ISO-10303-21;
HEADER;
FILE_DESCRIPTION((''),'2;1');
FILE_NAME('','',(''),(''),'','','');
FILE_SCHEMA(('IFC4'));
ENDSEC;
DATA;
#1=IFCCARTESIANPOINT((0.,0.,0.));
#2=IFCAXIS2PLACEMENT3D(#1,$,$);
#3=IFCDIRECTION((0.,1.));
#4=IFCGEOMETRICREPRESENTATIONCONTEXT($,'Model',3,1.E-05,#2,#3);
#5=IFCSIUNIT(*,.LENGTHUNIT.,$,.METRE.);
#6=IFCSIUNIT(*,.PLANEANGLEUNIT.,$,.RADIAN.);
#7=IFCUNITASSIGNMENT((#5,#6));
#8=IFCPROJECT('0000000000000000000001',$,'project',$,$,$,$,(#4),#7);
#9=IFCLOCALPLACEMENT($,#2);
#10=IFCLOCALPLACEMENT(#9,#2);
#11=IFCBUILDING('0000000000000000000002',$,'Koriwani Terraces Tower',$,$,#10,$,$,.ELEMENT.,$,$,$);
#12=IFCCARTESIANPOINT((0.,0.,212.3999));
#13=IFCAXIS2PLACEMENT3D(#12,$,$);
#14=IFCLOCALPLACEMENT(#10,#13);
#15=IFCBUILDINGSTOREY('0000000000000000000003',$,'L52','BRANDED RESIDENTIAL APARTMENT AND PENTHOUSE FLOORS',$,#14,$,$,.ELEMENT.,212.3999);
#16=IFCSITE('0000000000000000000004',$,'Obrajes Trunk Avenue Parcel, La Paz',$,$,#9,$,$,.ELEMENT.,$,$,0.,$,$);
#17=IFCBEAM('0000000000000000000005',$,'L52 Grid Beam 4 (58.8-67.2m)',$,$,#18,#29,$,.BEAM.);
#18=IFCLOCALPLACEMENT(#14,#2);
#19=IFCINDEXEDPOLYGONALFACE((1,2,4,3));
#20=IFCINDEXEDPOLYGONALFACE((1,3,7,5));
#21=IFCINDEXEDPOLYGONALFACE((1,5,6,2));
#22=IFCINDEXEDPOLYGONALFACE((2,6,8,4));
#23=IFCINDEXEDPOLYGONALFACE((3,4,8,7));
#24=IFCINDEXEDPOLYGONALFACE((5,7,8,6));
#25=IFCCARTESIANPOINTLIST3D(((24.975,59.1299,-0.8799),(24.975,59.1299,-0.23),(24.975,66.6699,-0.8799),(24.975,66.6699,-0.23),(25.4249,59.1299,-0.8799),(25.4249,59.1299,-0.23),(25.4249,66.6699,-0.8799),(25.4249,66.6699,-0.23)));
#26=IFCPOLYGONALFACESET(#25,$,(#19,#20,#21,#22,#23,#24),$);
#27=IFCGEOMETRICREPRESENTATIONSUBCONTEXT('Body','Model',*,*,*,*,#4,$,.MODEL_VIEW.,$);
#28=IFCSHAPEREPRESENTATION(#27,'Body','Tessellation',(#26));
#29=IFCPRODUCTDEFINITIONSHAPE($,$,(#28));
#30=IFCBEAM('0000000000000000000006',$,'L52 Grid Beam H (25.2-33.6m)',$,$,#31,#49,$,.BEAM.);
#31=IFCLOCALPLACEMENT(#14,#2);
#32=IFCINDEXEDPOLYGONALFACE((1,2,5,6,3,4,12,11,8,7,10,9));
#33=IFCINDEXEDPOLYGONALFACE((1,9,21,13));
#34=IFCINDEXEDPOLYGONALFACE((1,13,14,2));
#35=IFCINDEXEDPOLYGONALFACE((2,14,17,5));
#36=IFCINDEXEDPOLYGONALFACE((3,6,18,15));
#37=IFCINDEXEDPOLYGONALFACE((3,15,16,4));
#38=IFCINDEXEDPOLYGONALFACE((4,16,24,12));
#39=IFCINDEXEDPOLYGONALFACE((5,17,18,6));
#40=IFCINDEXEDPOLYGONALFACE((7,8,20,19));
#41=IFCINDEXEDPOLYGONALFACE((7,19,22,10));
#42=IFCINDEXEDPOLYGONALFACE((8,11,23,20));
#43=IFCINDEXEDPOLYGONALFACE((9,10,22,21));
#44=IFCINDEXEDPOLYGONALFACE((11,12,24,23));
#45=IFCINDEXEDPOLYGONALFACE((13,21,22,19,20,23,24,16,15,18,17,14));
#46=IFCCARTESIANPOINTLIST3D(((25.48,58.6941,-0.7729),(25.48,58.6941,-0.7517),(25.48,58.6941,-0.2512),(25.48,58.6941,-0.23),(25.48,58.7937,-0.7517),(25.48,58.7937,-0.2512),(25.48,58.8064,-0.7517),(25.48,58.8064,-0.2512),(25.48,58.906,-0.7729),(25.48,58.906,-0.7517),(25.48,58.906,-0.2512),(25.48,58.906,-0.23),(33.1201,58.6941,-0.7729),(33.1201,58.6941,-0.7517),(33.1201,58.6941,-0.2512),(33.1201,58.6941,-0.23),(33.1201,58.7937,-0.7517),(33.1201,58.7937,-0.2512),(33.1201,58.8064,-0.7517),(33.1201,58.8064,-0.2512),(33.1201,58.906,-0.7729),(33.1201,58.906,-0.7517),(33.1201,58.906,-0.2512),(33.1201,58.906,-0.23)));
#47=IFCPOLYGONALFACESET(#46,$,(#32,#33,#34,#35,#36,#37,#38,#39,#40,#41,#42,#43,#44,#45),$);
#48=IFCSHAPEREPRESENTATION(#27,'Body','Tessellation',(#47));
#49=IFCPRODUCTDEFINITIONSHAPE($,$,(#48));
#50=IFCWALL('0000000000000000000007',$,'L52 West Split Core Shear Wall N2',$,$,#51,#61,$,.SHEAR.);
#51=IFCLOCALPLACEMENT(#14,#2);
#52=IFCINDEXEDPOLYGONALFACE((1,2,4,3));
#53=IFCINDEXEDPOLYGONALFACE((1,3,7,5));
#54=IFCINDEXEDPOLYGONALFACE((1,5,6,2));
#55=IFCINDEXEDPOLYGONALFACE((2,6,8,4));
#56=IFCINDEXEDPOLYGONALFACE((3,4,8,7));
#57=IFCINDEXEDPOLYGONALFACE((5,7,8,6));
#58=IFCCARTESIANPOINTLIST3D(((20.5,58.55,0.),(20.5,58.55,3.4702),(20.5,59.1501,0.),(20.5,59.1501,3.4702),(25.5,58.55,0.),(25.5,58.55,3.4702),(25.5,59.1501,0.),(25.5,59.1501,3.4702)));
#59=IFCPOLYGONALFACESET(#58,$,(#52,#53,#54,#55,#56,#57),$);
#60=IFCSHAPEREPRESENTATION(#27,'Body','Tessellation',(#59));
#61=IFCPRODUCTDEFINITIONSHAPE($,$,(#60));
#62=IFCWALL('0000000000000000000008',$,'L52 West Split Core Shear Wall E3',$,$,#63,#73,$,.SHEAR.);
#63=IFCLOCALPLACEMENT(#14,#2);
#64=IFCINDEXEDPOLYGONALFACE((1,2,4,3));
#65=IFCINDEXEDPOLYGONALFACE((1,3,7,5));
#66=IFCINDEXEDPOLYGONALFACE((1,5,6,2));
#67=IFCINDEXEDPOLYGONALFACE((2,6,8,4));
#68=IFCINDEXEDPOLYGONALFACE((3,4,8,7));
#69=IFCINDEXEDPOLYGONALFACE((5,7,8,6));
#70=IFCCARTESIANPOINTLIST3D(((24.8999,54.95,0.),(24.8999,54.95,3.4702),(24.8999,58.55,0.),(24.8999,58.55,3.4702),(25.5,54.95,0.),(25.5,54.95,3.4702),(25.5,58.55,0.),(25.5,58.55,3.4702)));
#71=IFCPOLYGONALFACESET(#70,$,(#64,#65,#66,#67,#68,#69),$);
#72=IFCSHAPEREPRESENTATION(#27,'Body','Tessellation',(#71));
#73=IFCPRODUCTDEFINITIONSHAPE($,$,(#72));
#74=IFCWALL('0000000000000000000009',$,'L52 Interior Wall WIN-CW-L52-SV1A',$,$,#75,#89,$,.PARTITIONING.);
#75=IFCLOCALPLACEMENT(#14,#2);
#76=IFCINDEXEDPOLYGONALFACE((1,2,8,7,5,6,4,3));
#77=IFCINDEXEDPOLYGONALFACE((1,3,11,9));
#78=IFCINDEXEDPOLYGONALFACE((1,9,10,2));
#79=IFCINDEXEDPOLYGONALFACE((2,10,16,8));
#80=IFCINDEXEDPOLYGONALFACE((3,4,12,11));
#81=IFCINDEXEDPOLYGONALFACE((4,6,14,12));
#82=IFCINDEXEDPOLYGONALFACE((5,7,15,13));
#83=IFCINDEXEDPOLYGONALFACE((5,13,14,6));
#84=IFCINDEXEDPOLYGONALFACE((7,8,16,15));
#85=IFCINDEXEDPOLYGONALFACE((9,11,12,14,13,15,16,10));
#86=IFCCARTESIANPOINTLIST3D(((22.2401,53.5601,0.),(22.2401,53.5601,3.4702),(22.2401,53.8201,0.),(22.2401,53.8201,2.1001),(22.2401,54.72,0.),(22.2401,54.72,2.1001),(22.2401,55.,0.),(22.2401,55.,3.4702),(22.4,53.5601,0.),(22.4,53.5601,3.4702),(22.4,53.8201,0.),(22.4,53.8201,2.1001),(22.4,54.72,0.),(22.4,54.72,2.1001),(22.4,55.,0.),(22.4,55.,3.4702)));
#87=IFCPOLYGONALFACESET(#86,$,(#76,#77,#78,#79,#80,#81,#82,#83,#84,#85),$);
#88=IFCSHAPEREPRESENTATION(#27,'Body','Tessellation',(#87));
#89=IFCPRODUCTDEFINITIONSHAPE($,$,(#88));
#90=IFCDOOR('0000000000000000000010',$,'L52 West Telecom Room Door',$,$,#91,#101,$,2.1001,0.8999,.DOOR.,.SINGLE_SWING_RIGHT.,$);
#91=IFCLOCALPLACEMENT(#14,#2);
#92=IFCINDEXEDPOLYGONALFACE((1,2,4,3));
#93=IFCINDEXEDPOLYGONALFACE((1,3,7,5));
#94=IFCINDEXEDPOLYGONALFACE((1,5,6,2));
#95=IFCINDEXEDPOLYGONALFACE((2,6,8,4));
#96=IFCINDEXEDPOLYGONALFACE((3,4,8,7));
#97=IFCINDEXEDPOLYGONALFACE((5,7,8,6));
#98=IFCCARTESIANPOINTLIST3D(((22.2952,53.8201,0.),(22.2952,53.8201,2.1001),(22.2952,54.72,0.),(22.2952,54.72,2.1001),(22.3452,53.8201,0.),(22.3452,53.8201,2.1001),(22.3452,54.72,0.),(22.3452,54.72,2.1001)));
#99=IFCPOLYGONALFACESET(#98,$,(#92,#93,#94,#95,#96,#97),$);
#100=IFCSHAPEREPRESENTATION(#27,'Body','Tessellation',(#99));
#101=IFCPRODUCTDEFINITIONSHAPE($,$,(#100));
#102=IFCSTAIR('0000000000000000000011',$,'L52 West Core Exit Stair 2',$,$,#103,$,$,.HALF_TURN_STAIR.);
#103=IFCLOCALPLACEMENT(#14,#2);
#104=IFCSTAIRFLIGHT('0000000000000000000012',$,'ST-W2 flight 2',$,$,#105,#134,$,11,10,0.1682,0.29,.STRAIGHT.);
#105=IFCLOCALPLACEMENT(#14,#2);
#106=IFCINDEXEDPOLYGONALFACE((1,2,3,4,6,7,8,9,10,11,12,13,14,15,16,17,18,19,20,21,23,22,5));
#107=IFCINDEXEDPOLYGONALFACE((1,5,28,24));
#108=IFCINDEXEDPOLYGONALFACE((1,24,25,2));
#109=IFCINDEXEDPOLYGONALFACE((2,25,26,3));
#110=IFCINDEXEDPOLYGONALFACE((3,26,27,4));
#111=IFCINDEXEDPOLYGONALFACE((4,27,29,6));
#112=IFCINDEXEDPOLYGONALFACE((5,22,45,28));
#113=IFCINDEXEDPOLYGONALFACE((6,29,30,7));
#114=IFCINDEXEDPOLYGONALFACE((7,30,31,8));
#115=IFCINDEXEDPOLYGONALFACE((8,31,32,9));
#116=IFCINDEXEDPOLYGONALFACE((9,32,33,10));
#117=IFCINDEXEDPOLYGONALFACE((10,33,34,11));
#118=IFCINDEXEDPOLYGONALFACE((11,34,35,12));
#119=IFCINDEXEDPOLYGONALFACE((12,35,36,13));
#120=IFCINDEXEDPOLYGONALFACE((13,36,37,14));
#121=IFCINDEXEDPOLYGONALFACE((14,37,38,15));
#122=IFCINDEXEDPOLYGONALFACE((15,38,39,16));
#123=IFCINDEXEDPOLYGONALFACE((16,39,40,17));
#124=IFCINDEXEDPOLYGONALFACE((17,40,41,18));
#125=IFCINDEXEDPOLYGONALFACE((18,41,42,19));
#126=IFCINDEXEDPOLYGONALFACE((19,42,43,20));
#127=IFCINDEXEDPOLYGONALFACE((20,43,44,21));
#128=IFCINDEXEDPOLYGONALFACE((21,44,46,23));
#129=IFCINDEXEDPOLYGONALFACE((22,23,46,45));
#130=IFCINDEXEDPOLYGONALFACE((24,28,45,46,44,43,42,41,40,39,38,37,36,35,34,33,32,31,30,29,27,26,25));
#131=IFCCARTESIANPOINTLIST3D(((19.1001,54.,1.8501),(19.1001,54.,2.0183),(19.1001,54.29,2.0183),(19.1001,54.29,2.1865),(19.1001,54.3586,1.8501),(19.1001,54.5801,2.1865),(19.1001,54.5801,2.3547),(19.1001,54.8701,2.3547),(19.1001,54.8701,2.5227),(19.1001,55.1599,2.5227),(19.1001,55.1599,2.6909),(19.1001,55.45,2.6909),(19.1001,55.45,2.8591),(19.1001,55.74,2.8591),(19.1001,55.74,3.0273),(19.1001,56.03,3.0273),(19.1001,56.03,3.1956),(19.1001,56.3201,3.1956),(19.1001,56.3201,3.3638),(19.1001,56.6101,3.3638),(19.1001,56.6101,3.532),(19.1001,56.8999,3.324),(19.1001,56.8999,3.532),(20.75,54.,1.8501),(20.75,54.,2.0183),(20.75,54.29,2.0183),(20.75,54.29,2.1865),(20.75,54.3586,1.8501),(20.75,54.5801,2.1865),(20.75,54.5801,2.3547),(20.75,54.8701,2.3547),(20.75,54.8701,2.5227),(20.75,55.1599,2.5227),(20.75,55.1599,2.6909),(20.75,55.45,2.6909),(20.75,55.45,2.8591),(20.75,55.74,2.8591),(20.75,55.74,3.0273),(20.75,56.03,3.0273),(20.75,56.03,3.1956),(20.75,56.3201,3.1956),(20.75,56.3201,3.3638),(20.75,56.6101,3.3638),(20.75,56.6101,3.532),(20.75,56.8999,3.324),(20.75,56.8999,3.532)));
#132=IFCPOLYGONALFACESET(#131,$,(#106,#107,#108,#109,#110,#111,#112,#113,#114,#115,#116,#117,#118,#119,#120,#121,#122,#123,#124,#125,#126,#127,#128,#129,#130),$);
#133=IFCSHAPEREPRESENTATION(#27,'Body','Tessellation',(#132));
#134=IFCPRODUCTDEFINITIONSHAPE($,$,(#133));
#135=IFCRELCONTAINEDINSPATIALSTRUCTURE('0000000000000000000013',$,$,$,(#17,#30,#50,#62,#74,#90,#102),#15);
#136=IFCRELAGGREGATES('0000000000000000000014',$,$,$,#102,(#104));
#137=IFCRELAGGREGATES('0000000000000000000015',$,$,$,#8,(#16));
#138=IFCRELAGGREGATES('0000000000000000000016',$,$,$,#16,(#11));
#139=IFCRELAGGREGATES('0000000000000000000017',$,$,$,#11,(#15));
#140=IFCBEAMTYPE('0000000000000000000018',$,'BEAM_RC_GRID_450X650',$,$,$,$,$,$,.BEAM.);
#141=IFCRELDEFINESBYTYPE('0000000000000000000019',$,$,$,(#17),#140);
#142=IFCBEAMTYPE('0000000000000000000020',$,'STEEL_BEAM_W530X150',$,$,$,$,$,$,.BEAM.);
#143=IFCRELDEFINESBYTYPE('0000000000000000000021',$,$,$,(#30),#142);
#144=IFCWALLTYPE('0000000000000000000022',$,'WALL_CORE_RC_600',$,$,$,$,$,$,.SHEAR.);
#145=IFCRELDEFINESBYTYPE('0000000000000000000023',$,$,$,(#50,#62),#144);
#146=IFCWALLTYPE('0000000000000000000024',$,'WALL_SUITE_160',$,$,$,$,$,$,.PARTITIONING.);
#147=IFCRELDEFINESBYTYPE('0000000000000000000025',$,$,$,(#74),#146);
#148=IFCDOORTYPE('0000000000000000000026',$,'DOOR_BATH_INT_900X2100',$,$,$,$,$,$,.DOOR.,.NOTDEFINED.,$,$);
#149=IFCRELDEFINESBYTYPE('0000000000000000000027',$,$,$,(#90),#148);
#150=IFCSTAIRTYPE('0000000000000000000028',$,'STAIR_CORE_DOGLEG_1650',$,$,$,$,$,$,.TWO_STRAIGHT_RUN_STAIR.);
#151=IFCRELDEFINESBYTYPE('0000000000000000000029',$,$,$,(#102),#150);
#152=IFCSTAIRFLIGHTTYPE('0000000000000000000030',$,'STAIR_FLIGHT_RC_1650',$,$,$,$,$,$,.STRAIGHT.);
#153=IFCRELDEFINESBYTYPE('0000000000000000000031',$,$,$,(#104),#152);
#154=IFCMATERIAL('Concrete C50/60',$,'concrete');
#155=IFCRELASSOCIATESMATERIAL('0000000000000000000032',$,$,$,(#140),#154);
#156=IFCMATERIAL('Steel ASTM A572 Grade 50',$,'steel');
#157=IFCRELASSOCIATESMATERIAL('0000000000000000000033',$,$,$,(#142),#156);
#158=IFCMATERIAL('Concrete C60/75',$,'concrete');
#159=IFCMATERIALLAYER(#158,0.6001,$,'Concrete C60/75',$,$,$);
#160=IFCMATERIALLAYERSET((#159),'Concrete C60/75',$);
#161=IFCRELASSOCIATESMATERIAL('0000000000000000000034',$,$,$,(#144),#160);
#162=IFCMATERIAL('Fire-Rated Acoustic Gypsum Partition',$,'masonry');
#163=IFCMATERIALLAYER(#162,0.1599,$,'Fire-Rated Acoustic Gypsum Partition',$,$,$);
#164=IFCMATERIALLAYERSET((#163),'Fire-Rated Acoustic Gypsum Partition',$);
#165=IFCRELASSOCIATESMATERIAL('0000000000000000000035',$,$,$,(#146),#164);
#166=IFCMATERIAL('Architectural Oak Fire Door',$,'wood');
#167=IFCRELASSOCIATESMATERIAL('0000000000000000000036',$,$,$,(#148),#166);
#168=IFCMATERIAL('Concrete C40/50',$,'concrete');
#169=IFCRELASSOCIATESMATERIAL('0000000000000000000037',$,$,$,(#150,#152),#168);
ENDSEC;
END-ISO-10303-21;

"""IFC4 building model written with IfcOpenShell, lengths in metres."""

from ifc_helpers import new_model, si_unit, direction, frame, frame_2d, origin, origin_2d, place, context, subcontext, project, spatial, polyline, rectangle, i_section, outline, extrude, material, layer, layer_set, material_profile, profile_set, type_object, element, fill, aggregate, save


model = new_model("IFC4")

# Units and contexts
model_context = context("Model", 3, precision=1e-05, world=origin(), true_north=direction((0.0, 1.0)))
body_context = subcontext(model_context, "Body", "Model", "MODEL_VIEW")
ifc_project = project(units=[si_unit("LENGTHUNIT", "METRE"), si_unit("PLANEANGLEUNIT", "RADIAN")], contexts=[model_context])

# Site, building, storey
site_placement = place(None, origin())
site = spatial("IfcSite", under=ifc_project, at=site_placement, Name="Obrajes Trunk Avenue Parcel, La Paz", CompositionType="ELEMENT", RefElevation=0.0)
building_placement = place(site_placement, origin())
building = spatial("IfcBuilding", under=site, at=building_placement, Name="Koriwani Terraces Tower", CompositionType="ELEMENT")
storey_placement = place(building_placement, frame((0.0, 0.0, 212.3999)))
storey = spatial("IfcBuildingStorey", under=building, at=storey_placement, Name="L52", Description="BRANDED RESIDENTIAL APARTMENT AND PENTHOUSE FLOORS", CompositionType="ELEMENT", Elevation=212.3999)

# Beams
ifc_material_1 = material(Name="Concrete C50/60", Category="concrete")
ifc_material_profile_1 = material_profile(ifc_material_1, rectangle(XDim=0.45, YDim=0.6499, at=origin_2d()), Name="Concrete C50/60", Category="LoadBearing")
ifc_profile_set_1 = profile_set([ifc_material_profile_1], Name="Concrete C50/60")
beam_type_1 = type_object("IfcBeamType", Name="BEAM_RC_GRID_450X650", PredefinedType="BEAM", material=ifc_profile_set_1)
beam_1_placement = place(storey_placement, frame((25.2, 59.1299, -0.5549), z_axis=(0.0, 1.0, 0.0), x_axis=(-1.0, 0.0, 0.0)))
element("IfcBeam", 1, at=beam_1_placement, inside=storey, type_object=beam_type_1, Name="L52 Grid Beam 4 (58.8-67.2m)", PredefinedType="BEAM", context=body_context, shape_type="SweptSolid", body=[
    extrude(rectangle(XDim=0.45, YDim=0.6499, at=origin_2d()), origin(), (0.0, 0.0, 1.0), 7.54),
])
ifc_material_2 = material(Name="Steel ASTM A572 Grade 50", Category="steel")
ifc_material_profile_2 = material_profile(ifc_material_2, i_section(OverallWidth=0.2119, OverallDepth=0.543, WebThickness=0.0127, FlangeThickness=0.0212, at=origin_2d()), Name="Steel ASTM A572 Grade 50", Category="LoadBearing")
ifc_profile_set_2 = profile_set([ifc_material_profile_2], Name="Steel ASTM A572 Grade 50")
beam_type_2 = type_object("IfcBeamType", Name="STEEL_BEAM_W530X150", PredefinedType="BEAM", material=ifc_profile_set_2)
beam_2_placement = place(storey_placement, frame((25.48, 58.8, -0.5015), z_axis=(1.0, 0.0, 0.0), x_axis=(0.0, 1.0, 0.0)))
element("IfcBeam", 2, at=beam_2_placement, inside=storey, type_object=beam_type_2, Name="L52 Grid Beam H (25.2-33.6m)", PredefinedType="BEAM", context=body_context, shape_type="SweptSolid", body=[
    extrude(i_section(OverallWidth=0.2119, OverallDepth=0.543, WebThickness=0.0127, FlangeThickness=0.0212, at=origin_2d()), origin(), (0.0, 0.0, 1.0), 7.6401),
])

# Walls
ifc_material_3 = material(Name="Concrete C60/75", Category="concrete")
ifc_layer_1 = layer(ifc_material_3, 0.6001, Name="Concrete C60/75")
ifc_layer_set_1 = layer_set([ifc_layer_1], Name="Concrete C60/75")
wall_type_1 = type_object("IfcWallType", Name="WALL_CORE_RC_600", PredefinedType="SHEAR", material=ifc_layer_set_1)
wall_1_placement = place(storey_placement, frame((20.5, 58.8501, 0.0), z_axis=(0.0, 0.0, 1.0), x_axis=(1.0, 0.0, 0.0)))
element("IfcWall", 3, at=wall_1_placement, inside=storey, type_object=wall_type_1, Name="L52 West Split Core Shear Wall N2", PredefinedType="SHEAR", context=body_context, shape_type="SweptSolid", body=[
    extrude(rectangle(XDim=5.0, YDim=0.6001, at=frame_2d((2.5, 0.0))), origin(), (0.0, 0.0, 1.0), 3.4702),
])
wall_2_placement = place(storey_placement, frame((25.2, 54.95, 0.0), z_axis=(0.0, 0.0, 1.0), x_axis=(0.0, 1.0, 0.0)))
element("IfcWall", 4, at=wall_2_placement, inside=storey, type_object=wall_type_1, Name="L52 West Split Core Shear Wall E3", PredefinedType="SHEAR", context=body_context, shape_type="SweptSolid", body=[
    extrude(rectangle(XDim=3.6001, YDim=0.6001, at=frame_2d((1.8, 0.0))), origin(), (0.0, 0.0, 1.0), 3.4702),
])

# Wall, opening, door
ifc_material_4 = material(Name="Concrete C40/50", Category="concrete")
ifc_material_5 = material(Name="Fire-Rated Acoustic Gypsum Partition", Category="masonry")
ifc_layer_2 = layer(ifc_material_5, 0.1599, Name="Fire-Rated Acoustic Gypsum Partition")
ifc_layer_set_2 = layer_set([ifc_layer_2], Name="Fire-Rated Acoustic Gypsum Partition")
wall_type_2 = type_object("IfcWallType", Name="WALL_SUITE_160", PredefinedType="PARTITIONING", material=ifc_layer_set_2)
wall_3_placement = place(storey_placement, frame((22.3201, 53.5601, 0.0), z_axis=(0.0, 0.0, 1.0), x_axis=(0.0, 1.0, 0.0)))
wall_3 = element("IfcWall", 5, at=wall_3_placement, inside=storey, type_object=wall_type_2, Name="L52 Interior Wall WIN-CW-L52-SV1A", PredefinedType="PARTITIONING", context=body_context, shape_type="SweptSolid", body=[
    extrude(rectangle(XDim=1.4399, YDim=0.1599, at=frame_2d((0.72, 0.0))), origin(), (0.0, 0.0, 1.0), 3.4702),
])
opening_1_placement = place(wall_3_placement, frame((0.26, 0.0, 0.0)))
opening_1 = element("IfcOpeningElement", 6, at=opening_1_placement, cuts=wall_3, PredefinedType="OPENING", context=body_context, shape_type="SweptSolid", body=[
    extrude(rectangle(XDim=0.8999, YDim=2.1001, at=frame_2d((0.45, 1.05))), frame((0.0, 0.0898, 0.0), z_axis=(0.0, -1.0, 0.0), x_axis=(1.0, 0.0, 0.0)), (0.0, 0.0, 1.0), 0.1799),
])
ifc_material_6 = material(Name="Architectural Oak Fire Door", Category="wood")
door_type_1 = type_object("IfcDoorType", Name="DOOR_BATH_INT_900X2100", OperationType="NOTDEFINED", PredefinedType="DOOR", material=ifc_material_6)
door_1_placement = place(opening_1_placement, origin())
door_1 = element("IfcDoor", 7, at=door_1_placement, inside=storey, type_object=door_type_1, Name="L52 West Telecom Room Door", OperationType="SINGLE_SWING_RIGHT", OverallHeight=2.1001, OverallWidth=0.8999, PredefinedType="DOOR", context=body_context, shape_type="SweptSolid", body=[
    extrude(rectangle(XDim=0.8999, YDim=2.1001, at=frame_2d((0.45, 1.05))), frame((0.0, 0.0249, 0.0), z_axis=(0.0, -1.0, 0.0), x_axis=(1.0, 0.0, 0.0)), (0.0, 0.0, 1.0), 0.05),
])
fill(opening_1, door_1)

# Stair, stair flight
stair_type = type_object("IfcStairType", Name="STAIR_CORE_DOGLEG_1650", PredefinedType="TWO_STRAIGHT_RUN_STAIR", material=ifc_material_4)
stair_placement = place(storey_placement, origin())
stair = element("IfcStair", 8, at=stair_placement, inside=storey, type_object=stair_type, Name="L52 West Core Exit Stair 2", PredefinedType="HALF_TURN_STAIR")
stair_flight_type = type_object("IfcStairFlightType", Name="STAIR_FLIGHT_RC_1650", PredefinedType="STRAIGHT", material=ifc_material_4)
stair_flight_placement = place(storey_placement, frame((19.925, 54.0, 1.8501), z_axis=(0.0, 0.0, 1.0), x_axis=(0.0, 1.0, 0.0)))
stair_flight = element("IfcStairFlight", 9, at=stair_flight_placement, type_object=stair_flight_type, Name="ST-W2 flight 2", NumberOfRisers=11, NumberOfTreads=10, PredefinedType="STRAIGHT", RiserHeight=0.1682, TreadLength=0.29, context=body_context, shape_type="SweptSolid", body=[
    extrude(outline(polyline([(0.0, 0.0), (0.0, 0.1682), (0.29, 0.1682), (0.29, 0.3364), (0.5801, 0.3364), (0.5801, 0.5046), (0.8701, 0.5046), (0.8701, 0.6726), (1.1599, 0.6726), (1.1599, 0.8408), (1.45, 0.8408), (1.45, 1.009), (1.74, 1.009), (1.74, 1.1772), (2.03, 1.1772), (2.03, 1.3455), (2.3201, 1.3455), (2.3201, 1.5137), (2.6101, 1.5137), (2.6101, 1.6819), (2.8999, 1.6819), (2.8999, 1.8501), (2.8999, 1.4739), (0.3586, 0.0), (0.0, 0.0)])), frame((0.0, 0.825, 0.0), z_axis=(0.0, -1.0, 0.0), x_axis=(1.0, 0.0, 0.0)), (0.0, 0.0, 1.0), 1.6499),
])
aggregate(stair, [stair_flight])

save(model, "model.ifc")
